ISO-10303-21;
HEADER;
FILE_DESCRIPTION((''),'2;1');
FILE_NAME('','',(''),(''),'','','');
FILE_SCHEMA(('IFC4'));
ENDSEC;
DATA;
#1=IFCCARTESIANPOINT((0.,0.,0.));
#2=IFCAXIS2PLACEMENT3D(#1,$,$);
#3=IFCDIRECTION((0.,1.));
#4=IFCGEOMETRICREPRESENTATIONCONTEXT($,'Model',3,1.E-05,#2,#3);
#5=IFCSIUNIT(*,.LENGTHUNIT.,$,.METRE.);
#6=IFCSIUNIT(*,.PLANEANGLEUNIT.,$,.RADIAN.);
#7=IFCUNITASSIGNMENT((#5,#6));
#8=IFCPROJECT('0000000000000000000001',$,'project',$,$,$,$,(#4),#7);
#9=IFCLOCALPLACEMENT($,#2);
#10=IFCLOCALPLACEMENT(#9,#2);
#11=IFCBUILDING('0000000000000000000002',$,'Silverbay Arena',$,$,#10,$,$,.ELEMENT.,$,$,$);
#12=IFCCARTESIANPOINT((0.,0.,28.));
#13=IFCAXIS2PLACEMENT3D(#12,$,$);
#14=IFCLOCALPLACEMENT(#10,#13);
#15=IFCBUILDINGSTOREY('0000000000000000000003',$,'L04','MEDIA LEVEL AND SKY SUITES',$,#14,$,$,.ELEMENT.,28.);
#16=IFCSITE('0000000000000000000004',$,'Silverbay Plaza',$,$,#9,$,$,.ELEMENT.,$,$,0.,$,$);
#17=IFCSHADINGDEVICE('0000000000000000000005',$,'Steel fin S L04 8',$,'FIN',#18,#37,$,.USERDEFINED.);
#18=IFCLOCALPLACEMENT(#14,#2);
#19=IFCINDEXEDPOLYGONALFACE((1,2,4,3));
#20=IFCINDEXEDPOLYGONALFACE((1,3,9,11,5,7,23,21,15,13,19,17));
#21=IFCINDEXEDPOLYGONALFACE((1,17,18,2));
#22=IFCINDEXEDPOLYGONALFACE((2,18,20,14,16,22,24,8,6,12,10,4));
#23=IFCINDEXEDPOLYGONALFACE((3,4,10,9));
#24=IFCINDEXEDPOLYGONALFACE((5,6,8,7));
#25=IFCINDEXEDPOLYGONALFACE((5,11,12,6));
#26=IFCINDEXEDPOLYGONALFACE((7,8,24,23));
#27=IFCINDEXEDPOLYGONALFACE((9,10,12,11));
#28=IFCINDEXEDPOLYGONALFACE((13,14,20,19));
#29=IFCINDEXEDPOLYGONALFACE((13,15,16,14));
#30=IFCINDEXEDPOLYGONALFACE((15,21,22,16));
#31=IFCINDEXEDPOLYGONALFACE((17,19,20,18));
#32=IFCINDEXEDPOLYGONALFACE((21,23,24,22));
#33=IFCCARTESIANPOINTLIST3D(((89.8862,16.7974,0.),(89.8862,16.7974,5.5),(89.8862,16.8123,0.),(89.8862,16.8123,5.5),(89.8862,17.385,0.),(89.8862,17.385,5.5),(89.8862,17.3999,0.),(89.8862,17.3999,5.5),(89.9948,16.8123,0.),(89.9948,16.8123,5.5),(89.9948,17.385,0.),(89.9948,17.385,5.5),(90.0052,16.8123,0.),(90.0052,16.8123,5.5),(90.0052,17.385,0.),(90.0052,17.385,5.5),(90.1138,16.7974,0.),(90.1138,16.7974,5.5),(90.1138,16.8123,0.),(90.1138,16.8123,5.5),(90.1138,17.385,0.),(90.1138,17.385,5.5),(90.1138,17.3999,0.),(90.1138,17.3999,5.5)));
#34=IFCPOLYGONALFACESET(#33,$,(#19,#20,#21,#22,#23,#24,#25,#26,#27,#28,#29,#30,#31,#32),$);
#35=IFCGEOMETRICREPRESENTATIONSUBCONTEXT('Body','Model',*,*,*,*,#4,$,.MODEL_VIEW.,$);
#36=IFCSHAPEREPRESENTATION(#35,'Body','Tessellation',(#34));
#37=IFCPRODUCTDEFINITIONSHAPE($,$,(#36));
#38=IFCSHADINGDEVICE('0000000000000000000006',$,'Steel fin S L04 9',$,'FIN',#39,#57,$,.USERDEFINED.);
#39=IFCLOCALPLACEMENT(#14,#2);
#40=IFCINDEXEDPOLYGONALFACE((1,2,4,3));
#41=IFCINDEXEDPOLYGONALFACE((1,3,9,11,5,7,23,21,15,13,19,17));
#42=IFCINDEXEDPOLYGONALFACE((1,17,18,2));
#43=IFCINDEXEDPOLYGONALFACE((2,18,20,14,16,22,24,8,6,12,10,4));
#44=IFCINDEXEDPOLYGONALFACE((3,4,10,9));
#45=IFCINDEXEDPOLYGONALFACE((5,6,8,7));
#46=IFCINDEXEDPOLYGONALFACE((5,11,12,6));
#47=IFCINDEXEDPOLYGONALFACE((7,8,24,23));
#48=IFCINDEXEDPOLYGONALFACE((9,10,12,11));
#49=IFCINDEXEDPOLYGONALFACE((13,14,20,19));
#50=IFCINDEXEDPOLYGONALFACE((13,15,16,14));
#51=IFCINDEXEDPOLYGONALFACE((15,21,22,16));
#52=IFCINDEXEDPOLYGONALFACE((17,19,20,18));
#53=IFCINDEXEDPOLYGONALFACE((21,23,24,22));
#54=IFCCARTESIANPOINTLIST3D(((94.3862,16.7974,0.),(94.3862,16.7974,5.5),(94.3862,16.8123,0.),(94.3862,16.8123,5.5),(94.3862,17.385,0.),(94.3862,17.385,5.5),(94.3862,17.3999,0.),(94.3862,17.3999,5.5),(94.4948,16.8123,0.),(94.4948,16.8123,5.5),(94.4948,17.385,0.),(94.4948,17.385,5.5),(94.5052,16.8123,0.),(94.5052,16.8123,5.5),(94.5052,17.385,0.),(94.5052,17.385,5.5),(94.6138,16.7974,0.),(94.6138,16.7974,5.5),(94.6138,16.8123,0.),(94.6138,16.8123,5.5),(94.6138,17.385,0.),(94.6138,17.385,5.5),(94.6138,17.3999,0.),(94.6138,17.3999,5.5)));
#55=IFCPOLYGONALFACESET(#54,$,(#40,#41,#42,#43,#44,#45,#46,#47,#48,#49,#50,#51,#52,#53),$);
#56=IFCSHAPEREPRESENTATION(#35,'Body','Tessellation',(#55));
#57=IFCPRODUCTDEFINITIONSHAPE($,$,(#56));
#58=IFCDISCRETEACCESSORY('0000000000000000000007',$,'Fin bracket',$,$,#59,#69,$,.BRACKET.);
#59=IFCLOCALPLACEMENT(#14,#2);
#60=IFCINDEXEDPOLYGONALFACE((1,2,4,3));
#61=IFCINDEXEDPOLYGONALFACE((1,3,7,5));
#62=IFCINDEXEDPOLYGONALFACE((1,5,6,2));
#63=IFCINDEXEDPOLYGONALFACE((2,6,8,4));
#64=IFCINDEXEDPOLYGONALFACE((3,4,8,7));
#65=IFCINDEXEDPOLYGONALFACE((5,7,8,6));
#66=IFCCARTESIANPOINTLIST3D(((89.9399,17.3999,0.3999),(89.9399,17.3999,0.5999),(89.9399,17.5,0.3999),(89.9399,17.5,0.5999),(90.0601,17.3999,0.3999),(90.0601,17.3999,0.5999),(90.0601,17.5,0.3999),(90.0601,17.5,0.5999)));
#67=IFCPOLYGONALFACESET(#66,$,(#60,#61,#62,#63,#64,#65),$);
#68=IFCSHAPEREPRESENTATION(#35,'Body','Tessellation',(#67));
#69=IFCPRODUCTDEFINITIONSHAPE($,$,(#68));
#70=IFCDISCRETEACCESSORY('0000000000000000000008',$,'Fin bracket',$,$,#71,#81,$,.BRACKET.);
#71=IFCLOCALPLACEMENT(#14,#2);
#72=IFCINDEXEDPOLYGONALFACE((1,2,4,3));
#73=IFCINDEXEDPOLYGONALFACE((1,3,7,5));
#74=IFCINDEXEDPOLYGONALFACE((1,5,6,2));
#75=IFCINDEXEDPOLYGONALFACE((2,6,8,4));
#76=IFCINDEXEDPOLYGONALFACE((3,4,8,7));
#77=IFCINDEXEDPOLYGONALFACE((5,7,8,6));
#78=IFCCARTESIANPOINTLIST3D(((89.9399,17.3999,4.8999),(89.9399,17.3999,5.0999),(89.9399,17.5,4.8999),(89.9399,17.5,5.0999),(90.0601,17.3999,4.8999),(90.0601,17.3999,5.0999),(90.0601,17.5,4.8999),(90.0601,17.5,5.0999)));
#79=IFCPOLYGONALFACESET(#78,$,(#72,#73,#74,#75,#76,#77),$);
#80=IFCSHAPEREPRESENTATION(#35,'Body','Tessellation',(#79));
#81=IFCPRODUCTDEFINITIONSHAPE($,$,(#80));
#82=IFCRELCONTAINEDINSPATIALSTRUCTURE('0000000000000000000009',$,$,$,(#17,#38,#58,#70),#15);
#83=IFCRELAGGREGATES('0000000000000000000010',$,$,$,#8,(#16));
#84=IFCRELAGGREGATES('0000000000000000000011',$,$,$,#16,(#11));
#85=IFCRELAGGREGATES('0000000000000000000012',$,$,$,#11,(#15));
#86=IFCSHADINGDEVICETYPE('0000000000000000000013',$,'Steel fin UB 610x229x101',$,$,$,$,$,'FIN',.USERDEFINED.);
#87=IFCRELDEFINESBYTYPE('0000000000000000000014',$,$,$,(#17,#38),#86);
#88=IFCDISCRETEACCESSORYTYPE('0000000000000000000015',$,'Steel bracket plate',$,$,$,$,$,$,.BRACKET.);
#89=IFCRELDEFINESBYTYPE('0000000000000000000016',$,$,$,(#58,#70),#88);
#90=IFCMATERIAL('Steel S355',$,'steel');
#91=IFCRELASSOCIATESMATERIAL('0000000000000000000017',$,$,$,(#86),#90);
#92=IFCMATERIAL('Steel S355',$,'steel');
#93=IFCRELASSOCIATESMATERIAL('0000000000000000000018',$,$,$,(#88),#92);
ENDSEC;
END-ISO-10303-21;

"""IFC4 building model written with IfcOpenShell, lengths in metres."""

from ifc_helpers import new_model, si_unit, direction, frame, origin, origin_2d, place, context, subcontext, project, spatial, rectangle, i_section, extrude, material, material_profile, profile_set, type_object, element, save


model = new_model("IFC4")

# Units and contexts
model_context = context("Model", 3, precision=1e-05, world=origin(), true_north=direction((0.0, 1.0)))
body_context = subcontext(model_context, "Body", "Model", "MODEL_VIEW")
ifc_project = project(units=[si_unit("LENGTHUNIT", "METRE"), si_unit("PLANEANGLEUNIT", "RADIAN")], contexts=[model_context])

# Site, building, storey
site_placement = place(None, origin())
site = spatial("IfcSite", under=ifc_project, at=site_placement, Name="Silverbay Plaza", CompositionType="ELEMENT", RefElevation=0.0)
building_placement = place(site_placement, origin())
building = spatial("IfcBuilding", under=site, at=building_placement, Name="Silverbay Arena", CompositionType="ELEMENT")
storey_placement = place(building_placement, frame((0.0, 0.0, 28.0)))
storey = spatial("IfcBuildingStorey", under=building, at=storey_placement, Name="L04", Description="MEDIA LEVEL AND SKY SUITES", CompositionType="ELEMENT", Elevation=28.0)

# Shading devices
ifc_material_1 = material(Name="Steel S355", Category="steel")
ifc_material_profile_1 = material_profile(ifc_material_1, i_section(OverallWidth=0.2275, OverallDepth=0.6025, WebThickness=0.0105, FlangeThickness=0.0149, at=origin_2d()), Name="UB 610x229x101")
ifc_profile_set_1 = profile_set([ifc_material_profile_1], Name="Steel S355")
shading_device_type = type_object("IfcShadingDeviceType", Name="Steel fin UB 610x229x101", ElementType="FIN", PredefinedType="USERDEFINED", material=ifc_profile_set_1)
for number, where, z_axis, x_axis, name in (
    (1, (90.0, 17.0986, 0.0), (0.0, 0.0, 1.0), (1.0, 0.0, 0.0), "Steel fin S L04 8"),
    (2, (94.5, 17.0986, 0.0), (0.0, 0.0, 1.0), (1.0, 0.0, 0.0), "Steel fin S L04 9"),
):
    element("IfcShadingDevice", number, at=place(storey_placement, frame(where, z_axis=z_axis, x_axis=x_axis)), inside=storey, type_object=shading_device_type, Name=name, ObjectType="FIN", PredefinedType="USERDEFINED", context=body_context, shape_type="SweptSolid", body=[
        extrude(i_section(OverallWidth=0.2275, OverallDepth=0.6025, WebThickness=0.0105, FlangeThickness=0.0149, at=origin_2d()), origin(), (0.0, 0.0, 1.0), 5.5),
    ])

# Discrete accessories
ifc_material_2 = material(Name="Steel S355", Category="steel")
discrete_accessory_type = type_object("IfcDiscreteAccessoryType", Name="Steel bracket plate", PredefinedType="BRACKET", material=ifc_material_2)
for number, where, z_axis, x_axis, name in (
    (3, (90.0, 17.45, 0.3999), (0.0, 0.0, 1.0), (1.0, 0.0, 0.0), "Fin bracket"),
    (4, (90.0, 17.45, 4.8999), (0.0, 0.0, 1.0), (1.0, 0.0, 0.0), "Fin bracket"),
):
    element("IfcDiscreteAccessory", number, at=place(storey_placement, frame(where, z_axis=z_axis, x_axis=x_axis)), inside=storey, type_object=discrete_accessory_type, Name=name, PredefinedType="BRACKET", context=body_context, shape_type="SweptSolid", body=[
        extrude(rectangle(XDim=0.1201, YDim=0.1001, at=origin_2d()), origin(), (0.0, 0.0, 1.0), 0.2),
    ])

save(model, "model.ifc")
